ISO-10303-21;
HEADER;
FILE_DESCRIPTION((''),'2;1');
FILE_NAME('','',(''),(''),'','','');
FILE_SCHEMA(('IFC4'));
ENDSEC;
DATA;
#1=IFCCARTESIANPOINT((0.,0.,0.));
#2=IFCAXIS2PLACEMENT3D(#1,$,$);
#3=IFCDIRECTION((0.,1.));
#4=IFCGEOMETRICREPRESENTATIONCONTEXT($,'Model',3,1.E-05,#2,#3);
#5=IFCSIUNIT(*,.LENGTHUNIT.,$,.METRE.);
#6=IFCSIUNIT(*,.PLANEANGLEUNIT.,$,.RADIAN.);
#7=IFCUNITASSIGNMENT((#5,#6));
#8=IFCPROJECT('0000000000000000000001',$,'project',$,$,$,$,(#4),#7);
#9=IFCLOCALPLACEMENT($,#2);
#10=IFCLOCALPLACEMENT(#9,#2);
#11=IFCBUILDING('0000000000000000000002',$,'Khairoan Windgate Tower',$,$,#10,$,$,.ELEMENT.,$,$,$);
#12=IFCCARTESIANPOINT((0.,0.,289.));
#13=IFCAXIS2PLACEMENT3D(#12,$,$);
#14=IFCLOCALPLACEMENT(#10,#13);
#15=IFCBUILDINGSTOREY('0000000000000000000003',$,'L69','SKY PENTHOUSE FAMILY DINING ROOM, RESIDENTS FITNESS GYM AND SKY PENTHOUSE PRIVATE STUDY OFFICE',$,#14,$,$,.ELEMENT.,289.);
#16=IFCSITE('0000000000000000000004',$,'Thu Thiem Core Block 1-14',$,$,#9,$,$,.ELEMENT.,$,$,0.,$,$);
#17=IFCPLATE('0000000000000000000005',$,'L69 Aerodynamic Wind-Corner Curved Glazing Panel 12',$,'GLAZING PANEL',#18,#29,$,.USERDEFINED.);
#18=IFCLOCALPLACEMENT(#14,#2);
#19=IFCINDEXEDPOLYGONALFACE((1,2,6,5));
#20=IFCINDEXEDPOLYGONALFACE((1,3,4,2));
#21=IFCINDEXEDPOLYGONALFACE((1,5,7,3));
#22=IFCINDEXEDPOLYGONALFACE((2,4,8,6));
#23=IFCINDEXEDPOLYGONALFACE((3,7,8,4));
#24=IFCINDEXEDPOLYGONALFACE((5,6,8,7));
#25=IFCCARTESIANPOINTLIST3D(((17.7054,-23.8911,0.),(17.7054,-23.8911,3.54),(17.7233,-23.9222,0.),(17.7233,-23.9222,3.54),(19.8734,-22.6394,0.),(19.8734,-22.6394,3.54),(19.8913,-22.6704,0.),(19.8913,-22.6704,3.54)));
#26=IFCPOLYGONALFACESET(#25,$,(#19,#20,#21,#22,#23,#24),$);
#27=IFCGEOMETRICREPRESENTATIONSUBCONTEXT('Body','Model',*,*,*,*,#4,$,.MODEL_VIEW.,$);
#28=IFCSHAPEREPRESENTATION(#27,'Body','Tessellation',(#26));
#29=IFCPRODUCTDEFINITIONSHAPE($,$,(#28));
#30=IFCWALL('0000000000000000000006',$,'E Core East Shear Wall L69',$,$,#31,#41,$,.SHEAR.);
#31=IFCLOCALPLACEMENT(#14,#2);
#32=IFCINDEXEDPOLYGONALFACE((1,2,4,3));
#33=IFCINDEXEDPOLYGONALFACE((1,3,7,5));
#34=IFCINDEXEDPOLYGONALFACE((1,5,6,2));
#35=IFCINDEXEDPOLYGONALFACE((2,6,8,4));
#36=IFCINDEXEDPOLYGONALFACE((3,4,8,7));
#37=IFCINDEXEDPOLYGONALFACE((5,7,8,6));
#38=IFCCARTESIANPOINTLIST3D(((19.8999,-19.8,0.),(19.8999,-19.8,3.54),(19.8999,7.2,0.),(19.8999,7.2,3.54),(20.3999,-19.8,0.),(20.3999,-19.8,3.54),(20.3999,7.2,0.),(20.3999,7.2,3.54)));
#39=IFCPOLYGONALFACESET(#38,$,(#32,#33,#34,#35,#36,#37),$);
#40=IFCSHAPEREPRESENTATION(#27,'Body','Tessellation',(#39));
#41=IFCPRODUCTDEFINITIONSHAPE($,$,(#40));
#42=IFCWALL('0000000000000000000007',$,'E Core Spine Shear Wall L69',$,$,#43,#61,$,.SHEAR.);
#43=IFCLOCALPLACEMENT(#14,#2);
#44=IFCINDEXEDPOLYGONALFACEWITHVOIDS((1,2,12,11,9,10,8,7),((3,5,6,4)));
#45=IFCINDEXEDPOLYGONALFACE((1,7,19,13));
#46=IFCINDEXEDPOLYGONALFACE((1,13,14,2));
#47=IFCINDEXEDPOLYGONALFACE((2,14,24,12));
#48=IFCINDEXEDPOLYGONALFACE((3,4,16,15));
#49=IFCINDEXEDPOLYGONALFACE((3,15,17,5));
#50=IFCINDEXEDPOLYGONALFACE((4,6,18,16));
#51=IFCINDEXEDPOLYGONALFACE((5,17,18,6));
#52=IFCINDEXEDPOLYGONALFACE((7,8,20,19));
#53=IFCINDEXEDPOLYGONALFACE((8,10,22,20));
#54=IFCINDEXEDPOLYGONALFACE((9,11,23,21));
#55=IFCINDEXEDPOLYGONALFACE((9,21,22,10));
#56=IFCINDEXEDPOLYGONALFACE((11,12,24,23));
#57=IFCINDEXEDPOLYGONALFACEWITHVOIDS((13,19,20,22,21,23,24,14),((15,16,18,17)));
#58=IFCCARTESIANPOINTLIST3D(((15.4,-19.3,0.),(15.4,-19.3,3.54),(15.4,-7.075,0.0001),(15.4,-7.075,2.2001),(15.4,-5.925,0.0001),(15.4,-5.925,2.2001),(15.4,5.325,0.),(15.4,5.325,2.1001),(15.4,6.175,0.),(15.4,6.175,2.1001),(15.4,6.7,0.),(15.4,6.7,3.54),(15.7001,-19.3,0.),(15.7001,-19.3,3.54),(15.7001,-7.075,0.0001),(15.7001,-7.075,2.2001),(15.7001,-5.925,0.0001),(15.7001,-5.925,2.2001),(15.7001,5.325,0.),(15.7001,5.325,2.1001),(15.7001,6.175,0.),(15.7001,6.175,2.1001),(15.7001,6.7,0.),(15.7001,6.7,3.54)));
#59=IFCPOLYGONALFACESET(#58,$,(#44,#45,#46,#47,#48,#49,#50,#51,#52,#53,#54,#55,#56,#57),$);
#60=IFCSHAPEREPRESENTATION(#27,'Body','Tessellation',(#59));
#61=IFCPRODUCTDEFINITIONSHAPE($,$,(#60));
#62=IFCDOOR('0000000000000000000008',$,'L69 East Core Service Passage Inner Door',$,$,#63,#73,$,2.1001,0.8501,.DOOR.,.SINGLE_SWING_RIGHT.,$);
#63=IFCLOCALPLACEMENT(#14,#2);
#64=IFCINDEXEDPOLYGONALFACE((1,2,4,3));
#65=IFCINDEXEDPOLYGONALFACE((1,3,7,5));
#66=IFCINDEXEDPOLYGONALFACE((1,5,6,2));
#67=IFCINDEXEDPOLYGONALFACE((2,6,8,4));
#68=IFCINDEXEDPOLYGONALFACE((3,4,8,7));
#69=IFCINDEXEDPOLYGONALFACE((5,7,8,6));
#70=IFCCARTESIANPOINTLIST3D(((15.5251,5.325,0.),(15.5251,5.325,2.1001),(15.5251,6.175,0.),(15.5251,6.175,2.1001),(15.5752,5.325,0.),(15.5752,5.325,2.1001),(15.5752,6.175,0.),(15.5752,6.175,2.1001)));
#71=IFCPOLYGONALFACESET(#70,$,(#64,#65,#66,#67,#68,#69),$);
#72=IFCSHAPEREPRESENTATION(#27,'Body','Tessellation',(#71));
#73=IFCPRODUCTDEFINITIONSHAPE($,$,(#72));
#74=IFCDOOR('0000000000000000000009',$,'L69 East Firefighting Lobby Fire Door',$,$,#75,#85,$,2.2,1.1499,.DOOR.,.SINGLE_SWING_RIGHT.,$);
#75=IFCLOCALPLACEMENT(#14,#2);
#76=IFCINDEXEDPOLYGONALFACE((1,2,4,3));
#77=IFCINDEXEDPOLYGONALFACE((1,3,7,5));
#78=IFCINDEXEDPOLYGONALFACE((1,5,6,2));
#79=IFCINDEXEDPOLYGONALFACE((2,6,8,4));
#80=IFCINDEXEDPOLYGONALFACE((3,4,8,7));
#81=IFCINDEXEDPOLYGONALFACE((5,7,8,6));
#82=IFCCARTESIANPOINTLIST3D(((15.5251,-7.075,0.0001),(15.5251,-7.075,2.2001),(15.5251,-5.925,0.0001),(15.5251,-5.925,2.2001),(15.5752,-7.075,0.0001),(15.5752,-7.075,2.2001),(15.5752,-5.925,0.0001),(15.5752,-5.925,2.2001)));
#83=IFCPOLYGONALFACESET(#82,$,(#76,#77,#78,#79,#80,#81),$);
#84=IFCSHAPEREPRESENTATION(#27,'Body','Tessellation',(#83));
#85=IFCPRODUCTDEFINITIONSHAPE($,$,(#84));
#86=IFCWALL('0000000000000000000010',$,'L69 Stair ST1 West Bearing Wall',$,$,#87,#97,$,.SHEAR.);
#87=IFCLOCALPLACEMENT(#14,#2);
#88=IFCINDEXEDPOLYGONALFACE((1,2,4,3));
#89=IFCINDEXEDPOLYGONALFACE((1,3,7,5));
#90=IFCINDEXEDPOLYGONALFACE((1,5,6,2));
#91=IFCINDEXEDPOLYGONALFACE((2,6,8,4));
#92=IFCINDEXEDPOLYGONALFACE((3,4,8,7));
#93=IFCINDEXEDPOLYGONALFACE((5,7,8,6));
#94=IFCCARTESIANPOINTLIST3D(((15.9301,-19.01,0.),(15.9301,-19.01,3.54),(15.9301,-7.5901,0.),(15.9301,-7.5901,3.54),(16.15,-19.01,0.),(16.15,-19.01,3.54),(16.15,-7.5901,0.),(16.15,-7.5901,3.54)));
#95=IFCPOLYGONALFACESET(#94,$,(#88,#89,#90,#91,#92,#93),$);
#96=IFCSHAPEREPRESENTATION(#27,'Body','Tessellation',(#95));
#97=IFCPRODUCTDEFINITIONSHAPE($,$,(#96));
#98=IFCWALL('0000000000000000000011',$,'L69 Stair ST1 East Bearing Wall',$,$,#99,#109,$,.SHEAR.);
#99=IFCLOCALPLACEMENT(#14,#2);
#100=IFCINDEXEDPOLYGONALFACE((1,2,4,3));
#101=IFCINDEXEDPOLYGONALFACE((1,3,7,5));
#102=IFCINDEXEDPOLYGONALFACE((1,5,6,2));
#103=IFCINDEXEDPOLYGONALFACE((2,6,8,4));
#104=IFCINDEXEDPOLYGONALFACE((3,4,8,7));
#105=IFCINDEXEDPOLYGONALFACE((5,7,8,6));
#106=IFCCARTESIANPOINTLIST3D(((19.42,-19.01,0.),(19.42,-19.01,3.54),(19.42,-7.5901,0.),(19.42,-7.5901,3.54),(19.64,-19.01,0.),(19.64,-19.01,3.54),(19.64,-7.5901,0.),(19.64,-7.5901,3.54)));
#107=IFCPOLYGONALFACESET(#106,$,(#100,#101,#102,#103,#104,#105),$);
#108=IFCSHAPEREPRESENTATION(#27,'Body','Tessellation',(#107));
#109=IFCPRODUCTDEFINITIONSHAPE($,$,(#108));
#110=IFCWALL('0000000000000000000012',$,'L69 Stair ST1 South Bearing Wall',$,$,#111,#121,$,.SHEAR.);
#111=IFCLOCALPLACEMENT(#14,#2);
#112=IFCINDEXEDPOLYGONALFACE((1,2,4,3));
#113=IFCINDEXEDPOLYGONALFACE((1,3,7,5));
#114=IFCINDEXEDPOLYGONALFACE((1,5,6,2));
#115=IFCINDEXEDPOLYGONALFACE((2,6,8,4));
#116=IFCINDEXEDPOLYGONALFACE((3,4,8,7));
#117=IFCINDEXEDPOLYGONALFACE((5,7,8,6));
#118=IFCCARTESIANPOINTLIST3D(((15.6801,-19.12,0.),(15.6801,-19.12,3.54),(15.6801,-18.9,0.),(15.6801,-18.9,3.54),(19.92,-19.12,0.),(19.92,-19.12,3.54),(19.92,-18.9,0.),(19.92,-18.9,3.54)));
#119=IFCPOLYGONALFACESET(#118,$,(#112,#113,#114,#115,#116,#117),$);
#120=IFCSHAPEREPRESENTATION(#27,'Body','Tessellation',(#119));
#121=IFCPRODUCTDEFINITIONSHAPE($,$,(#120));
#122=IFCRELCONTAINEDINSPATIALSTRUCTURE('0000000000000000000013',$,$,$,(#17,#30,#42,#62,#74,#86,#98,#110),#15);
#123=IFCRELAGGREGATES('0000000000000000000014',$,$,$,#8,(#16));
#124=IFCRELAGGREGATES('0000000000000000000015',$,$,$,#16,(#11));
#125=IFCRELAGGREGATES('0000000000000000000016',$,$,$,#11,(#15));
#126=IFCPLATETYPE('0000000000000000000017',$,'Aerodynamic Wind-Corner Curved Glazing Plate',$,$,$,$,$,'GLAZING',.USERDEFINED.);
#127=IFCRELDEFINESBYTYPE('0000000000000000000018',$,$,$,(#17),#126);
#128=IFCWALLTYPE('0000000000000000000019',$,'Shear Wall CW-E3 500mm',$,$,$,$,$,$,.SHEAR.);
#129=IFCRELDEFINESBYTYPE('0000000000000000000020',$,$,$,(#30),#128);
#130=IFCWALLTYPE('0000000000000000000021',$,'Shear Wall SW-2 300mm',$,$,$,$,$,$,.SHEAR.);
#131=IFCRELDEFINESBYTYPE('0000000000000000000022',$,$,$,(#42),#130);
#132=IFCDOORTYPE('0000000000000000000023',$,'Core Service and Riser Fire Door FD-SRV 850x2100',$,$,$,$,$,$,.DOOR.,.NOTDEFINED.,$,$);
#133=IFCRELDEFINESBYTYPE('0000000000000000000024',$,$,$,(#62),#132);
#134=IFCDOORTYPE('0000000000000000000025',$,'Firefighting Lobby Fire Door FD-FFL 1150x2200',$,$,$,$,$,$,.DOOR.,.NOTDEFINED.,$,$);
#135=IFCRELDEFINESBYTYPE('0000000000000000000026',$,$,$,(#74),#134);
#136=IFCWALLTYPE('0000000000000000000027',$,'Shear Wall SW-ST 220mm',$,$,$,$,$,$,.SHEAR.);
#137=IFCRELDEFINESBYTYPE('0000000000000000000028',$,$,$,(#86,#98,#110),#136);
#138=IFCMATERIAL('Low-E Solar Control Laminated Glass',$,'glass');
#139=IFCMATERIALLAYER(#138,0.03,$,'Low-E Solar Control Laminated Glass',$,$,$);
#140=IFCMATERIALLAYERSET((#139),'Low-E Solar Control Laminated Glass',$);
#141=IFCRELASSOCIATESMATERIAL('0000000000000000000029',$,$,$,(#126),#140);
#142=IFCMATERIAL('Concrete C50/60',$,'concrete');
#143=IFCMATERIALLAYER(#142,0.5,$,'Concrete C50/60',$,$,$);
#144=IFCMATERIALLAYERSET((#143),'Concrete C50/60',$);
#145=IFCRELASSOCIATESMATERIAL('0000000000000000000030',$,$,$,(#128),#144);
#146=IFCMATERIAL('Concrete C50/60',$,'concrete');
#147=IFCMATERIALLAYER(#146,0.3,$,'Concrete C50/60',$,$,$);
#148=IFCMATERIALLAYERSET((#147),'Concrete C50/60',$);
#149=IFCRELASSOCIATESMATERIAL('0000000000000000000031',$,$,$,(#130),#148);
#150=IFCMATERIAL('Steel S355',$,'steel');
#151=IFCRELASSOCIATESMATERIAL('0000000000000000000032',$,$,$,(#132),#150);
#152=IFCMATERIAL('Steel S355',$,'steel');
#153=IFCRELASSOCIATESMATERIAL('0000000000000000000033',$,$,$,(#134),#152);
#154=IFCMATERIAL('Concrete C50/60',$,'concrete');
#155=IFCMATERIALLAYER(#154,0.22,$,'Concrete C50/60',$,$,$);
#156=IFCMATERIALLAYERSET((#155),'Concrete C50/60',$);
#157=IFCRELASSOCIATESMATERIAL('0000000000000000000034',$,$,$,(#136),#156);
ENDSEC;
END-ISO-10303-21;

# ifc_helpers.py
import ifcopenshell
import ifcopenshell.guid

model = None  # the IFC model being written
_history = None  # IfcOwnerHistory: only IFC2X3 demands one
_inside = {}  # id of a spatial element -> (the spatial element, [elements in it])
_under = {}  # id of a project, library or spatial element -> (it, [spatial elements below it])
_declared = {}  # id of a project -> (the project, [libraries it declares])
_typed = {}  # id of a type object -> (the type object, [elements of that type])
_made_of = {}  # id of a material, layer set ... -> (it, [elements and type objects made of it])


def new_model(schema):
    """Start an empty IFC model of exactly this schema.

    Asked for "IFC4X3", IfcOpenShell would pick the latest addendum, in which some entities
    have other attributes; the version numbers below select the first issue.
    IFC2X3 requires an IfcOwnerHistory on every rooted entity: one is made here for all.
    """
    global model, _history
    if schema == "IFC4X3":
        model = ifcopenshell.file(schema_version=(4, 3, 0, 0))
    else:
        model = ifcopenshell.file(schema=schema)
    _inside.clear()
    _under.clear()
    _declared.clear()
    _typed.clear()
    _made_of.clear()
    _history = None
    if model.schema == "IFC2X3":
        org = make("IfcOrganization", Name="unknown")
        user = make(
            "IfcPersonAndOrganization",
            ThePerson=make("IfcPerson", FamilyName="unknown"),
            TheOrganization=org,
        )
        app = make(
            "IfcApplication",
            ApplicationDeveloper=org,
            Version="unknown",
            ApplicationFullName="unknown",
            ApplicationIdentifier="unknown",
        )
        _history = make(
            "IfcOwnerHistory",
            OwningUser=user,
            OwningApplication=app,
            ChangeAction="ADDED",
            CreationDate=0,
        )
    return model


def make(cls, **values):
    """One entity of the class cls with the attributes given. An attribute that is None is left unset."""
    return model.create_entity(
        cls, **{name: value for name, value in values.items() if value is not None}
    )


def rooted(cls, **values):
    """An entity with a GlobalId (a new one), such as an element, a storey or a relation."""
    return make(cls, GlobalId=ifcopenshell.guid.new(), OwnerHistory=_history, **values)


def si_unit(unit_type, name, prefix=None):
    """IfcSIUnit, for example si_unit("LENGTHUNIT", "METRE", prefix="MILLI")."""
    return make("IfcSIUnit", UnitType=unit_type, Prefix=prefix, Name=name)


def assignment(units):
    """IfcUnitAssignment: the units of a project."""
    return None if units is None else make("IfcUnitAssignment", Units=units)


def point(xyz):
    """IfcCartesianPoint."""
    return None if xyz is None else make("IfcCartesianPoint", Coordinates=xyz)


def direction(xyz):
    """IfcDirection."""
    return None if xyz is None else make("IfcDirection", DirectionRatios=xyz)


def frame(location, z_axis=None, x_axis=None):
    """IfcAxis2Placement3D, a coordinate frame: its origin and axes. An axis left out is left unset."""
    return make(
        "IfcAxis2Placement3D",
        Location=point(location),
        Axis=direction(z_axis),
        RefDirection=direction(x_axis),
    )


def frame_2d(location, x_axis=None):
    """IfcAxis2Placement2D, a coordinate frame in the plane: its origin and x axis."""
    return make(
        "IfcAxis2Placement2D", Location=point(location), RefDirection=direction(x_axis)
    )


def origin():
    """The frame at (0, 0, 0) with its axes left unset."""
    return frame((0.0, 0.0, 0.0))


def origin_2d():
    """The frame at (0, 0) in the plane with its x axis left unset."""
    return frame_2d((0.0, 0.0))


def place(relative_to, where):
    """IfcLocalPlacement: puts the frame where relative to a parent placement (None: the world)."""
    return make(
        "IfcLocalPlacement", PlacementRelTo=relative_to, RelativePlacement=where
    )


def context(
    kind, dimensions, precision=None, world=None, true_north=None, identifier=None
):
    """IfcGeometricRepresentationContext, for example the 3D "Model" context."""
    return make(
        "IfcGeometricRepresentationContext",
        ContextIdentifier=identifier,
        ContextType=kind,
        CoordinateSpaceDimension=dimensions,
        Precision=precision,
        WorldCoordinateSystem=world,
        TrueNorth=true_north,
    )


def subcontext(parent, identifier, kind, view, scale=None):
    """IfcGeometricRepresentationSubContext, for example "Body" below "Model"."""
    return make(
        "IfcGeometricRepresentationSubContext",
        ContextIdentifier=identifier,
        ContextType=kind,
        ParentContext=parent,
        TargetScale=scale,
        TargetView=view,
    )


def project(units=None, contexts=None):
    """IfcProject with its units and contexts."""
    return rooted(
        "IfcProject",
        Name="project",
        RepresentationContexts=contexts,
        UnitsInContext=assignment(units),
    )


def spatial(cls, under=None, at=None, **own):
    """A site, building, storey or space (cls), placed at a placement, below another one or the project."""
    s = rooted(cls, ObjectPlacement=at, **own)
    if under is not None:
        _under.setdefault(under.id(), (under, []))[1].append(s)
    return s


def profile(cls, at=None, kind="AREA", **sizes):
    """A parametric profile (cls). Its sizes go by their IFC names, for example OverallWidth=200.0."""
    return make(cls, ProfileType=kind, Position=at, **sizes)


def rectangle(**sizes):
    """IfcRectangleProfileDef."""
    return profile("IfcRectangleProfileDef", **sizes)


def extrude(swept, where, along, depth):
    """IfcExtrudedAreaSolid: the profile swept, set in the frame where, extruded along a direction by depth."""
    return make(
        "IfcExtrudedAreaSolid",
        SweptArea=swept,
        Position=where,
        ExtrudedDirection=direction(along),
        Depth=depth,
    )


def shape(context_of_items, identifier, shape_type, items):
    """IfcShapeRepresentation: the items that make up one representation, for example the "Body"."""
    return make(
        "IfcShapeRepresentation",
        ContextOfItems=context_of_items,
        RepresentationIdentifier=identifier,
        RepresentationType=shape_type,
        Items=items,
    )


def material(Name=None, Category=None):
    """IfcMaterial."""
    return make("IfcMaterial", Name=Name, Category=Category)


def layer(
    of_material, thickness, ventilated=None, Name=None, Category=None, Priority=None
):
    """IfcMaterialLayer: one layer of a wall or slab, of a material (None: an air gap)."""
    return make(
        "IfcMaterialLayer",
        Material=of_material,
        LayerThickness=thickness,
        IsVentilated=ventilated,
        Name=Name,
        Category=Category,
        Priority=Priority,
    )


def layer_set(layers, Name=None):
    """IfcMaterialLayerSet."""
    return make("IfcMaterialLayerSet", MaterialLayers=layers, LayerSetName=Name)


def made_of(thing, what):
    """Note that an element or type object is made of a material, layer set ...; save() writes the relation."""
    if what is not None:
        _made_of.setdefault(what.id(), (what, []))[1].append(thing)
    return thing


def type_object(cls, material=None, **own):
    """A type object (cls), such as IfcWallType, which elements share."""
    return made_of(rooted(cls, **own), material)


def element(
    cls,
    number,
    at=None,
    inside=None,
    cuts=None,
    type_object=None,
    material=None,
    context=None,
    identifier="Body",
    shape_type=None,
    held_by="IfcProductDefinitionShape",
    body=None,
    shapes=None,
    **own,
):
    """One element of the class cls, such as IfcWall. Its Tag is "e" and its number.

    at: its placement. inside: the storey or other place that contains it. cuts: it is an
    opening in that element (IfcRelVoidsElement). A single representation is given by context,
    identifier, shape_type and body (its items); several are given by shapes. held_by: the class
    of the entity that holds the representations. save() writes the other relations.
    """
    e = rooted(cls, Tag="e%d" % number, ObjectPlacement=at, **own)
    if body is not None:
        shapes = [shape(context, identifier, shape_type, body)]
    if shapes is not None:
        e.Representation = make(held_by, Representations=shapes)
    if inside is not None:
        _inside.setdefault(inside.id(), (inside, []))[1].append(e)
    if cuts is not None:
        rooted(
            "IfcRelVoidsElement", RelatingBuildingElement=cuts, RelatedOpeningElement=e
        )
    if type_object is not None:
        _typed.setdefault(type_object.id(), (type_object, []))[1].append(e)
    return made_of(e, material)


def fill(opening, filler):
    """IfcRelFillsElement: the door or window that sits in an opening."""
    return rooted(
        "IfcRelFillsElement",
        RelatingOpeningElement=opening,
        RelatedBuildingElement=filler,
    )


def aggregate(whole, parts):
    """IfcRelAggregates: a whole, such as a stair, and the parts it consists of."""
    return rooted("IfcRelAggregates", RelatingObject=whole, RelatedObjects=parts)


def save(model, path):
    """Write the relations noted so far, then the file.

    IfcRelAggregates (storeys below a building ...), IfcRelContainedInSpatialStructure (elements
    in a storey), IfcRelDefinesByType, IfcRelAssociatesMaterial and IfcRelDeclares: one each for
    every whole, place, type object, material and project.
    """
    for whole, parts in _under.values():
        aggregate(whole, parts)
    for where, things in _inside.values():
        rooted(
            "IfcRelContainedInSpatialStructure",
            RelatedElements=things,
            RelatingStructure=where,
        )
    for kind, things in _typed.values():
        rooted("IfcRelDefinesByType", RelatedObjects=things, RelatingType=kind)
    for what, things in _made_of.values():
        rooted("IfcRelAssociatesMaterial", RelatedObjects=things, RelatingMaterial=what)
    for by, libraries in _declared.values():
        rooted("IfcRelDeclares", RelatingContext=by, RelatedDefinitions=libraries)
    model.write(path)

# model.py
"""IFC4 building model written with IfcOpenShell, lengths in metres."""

from ifc_helpers import new_model, si_unit, direction, frame, frame_2d, origin, origin_2d, place, context, subcontext, project, spatial, rectangle, extrude, material, layer, layer_set, type_object, element, fill, save


model = new_model("IFC4")

# Units and contexts
model_context = context("Model", 3, precision=1e-05, world=origin(), true_north=direction((0.0, 1.0)))
body_context = subcontext(model_context, "Body", "Model", "MODEL_VIEW")
ifc_project = project(units=[si_unit("LENGTHUNIT", "METRE"), si_unit("PLANEANGLEUNIT", "RADIAN")], contexts=[model_context])

# Site, building, storey
site_placement = place(None, origin())
site = spatial("IfcSite", under=ifc_project, at=site_placement, Name="Thu Thiem Core Block 1-14", CompositionType="ELEMENT", RefElevation=0.0)
building_placement = place(site_placement, origin())
building = spatial("IfcBuilding", under=site, at=building_placement, Name="Khairoan Windgate Tower", CompositionType="ELEMENT")
storey_placement = place(building_placement, frame((0.0, 0.0, 289.0)))
storey = spatial("IfcBuildingStorey", under=building, at=storey_placement, Name="L69", Description="SKY PENTHOUSE FAMILY DINING ROOM, RESIDENTS FITNESS GYM AND SKY PENTHOUSE PRIVATE STUDY OFFICE", CompositionType="ELEMENT", Elevation=289.0)

# Plate
ifc_material_1 = material(Name="Low-E Solar Control Laminated Glass", Category="glass")
ifc_layer_1 = layer(ifc_material_1, 0.03, Name="Low-E Solar Control Laminated Glass")
ifc_layer_set_1 = layer_set([ifc_layer_1], Name="Low-E Solar Control Laminated Glass")
plate_type_1 = type_object("IfcPlateType", Name="Aerodynamic Wind-Corner Curved Glazing Plate", ElementType="GLAZING", PredefinedType="USERDEFINED", material=ifc_layer_set_1)
for number, where, z_axis, x_axis, name in (
    (1, (18.7983, -23.2808, 0.0), (0.0, 0.0, 1.0), (-0.866025, -0.5, 0.0), "L69 Aerodynamic Wind-Corner Curved Glazing Panel 12"),
):
    element("IfcPlate", number, at=place(storey_placement, frame(where, z_axis=z_axis, x_axis=x_axis)), inside=storey, type_object=plate_type_1, Name=name, ObjectType="GLAZING PANEL", PredefinedType="USERDEFINED", context=body_context, shape_type="SweptSolid", body=[
        extrude(rectangle(XDim=2.5034, YDim=0.0359, at=origin_2d()), origin(), (0.0, 0.0, 1.0), 3.54),
    ])

# Wall
ifc_material_2 = material(Name="Concrete C50/60", Category="concrete")
ifc_layer_2 = layer(ifc_material_2, 0.5, Name="Concrete C50/60")
ifc_layer_set_2 = layer_set([ifc_layer_2], Name="Concrete C50/60")
wall_type_1 = type_object("IfcWallType", Name="Shear Wall CW-E3 500mm", PredefinedType="SHEAR", material=ifc_layer_set_2)
wall_1_placement = place(storey_placement, frame((20.1499, -19.8, 0.0), z_axis=(0.0, 0.0, 1.0), x_axis=(0.0, 1.0, 0.0)))
element("IfcWall", 2, at=wall_1_placement, inside=storey, type_object=wall_type_1, Name="E Core East Shear Wall L69", PredefinedType="SHEAR", context=body_context, shape_type="SweptSolid", body=[
    extrude(rectangle(XDim=27.0, YDim=0.5, at=frame_2d((13.5, 0.0))), origin(), (0.0, 0.0, 1.0), 3.54),
])

# Wall, openings, doors
ifc_material_3 = material(Name="Concrete C50/60", Category="concrete")
ifc_layer_3 = layer(ifc_material_3, 0.3, Name="Concrete C50/60")
ifc_layer_set_3 = layer_set([ifc_layer_3], Name="Concrete C50/60")
wall_type_2 = type_object("IfcWallType", Name="Shear Wall SW-2 300mm", PredefinedType="SHEAR", material=ifc_layer_set_3)
wall_2_placement = place(storey_placement, frame((15.55, -19.3, 0.0), z_axis=(0.0, 0.0, 1.0), x_axis=(0.0, 1.0, 0.0)))
wall_2 = element("IfcWall", 3, at=wall_2_placement, inside=storey, type_object=wall_type_2, Name="E Core Spine Shear Wall L69", PredefinedType="SHEAR", context=body_context, shape_type="SweptSolid", body=[
    extrude(rectangle(XDim=26.0, YDim=0.3, at=frame_2d((13.0, 0.0))), origin(), (0.0, 0.0, 1.0), 3.54),
])
opening_1_placement = place(wall_2_placement, frame((12.2251, 0.0, 0.0)))
opening_1 = element("IfcOpeningElement", 4, at=opening_1_placement, cuts=wall_2, PredefinedType="OPENING", context=body_context, shape_type="SweptSolid", body=[
    extrude(rectangle(XDim=1.1499, YDim=2.2, at=frame_2d((0.575, 1.1001))), frame((0.0, 0.1599, 0.0), z_axis=(0.0, -1.0, 0.0), x_axis=(1.0, 0.0, 0.0)), (0.0, 0.0, 1.0), 0.3201),
])
opening_2_placement = place(wall_2_placement, frame((24.625, 0.0, 0.0)))
opening_2 = element("IfcOpeningElement", 5, at=opening_2_placement, cuts=wall_2, PredefinedType="OPENING", context=body_context, shape_type="SweptSolid", body=[
    extrude(rectangle(XDim=0.8501, YDim=2.1001, at=frame_2d((0.425, 1.05))), frame((0.0, 0.1599, 0.0), z_axis=(0.0, -1.0, 0.0), x_axis=(1.0, 0.0, 0.0)), (0.0, 0.0, 1.0), 0.3201),
])
ifc_material_4 = material(Name="Steel S355", Category="steel")
door_type_1 = type_object("IfcDoorType", Name="Core Service and Riser Fire Door FD-SRV 850x2100", OperationType="NOTDEFINED", PredefinedType="DOOR", material=ifc_material_4)
door_1_placement = place(opening_2_placement, origin())
door_1 = element("IfcDoor", 6, at=door_1_placement, inside=storey, type_object=door_type_1, Name="L69 East Core Service Passage Inner Door", OperationType="SINGLE_SWING_RIGHT", OverallHeight=2.1001, OverallWidth=0.8501, PredefinedType="DOOR", context=body_context, shape_type="SweptSolid", body=[
    extrude(rectangle(XDim=0.8501, YDim=2.1001, at=frame_2d((0.425, 1.05))), frame((0.0, 0.0249, 0.0), z_axis=(0.0, -1.0, 0.0), x_axis=(1.0, 0.0, 0.0)), (0.0, 0.0, 1.0), 0.05),
])
fill(opening_2, door_1)
ifc_material_5 = material(Name="Steel S355", Category="steel")
door_type_2 = type_object("IfcDoorType", Name="Firefighting Lobby Fire Door FD-FFL 1150x2200", OperationType="NOTDEFINED", PredefinedType="DOOR", material=ifc_material_5)
door_2_placement = place(opening_1_placement, origin())
door_2 = element("IfcDoor", 7, at=door_2_placement, inside=storey, type_object=door_type_2, Name="L69 East Firefighting Lobby Fire Door", OperationType="SINGLE_SWING_RIGHT", OverallHeight=2.2, OverallWidth=1.1499, PredefinedType="DOOR", context=body_context, shape_type="SweptSolid", body=[
    extrude(rectangle(XDim=1.1499, YDim=2.2, at=frame_2d((0.575, 1.1001))), frame((0.0, 0.0249, 0.0), z_axis=(0.0, -1.0, 0.0), x_axis=(1.0, 0.0, 0.0)), (0.0, 0.0, 1.0), 0.05),
])
fill(opening_1, door_2)

# Walls
ifc_material_6 = material(Name="Concrete C50/60", Category="concrete")
ifc_layer_4 = layer(ifc_material_6, 0.22, Name="Concrete C50/60")
ifc_layer_set_4 = layer_set([ifc_layer_4], Name="Concrete C50/60")
wall_type_3 = type_object("IfcWallType", Name="Shear Wall SW-ST 220mm", PredefinedType="SHEAR", material=ifc_layer_set_4)
for number, where, z_axis, x_axis, name in (
    (8, (16.04, -19.01, 0.0), (0.0, 0.0, 1.0), (0.0, 1.0, 0.0), "L69 Stair ST1 West Bearing Wall"),
    (9, (19.53, -19.01, 0.0), (0.0, 0.0, 1.0), (0.0, 1.0, 0.0), "L69 Stair ST1 East Bearing Wall"),
):
    element("IfcWall", number, at=place(storey_placement, frame(where, z_axis=z_axis, x_axis=x_axis)), inside=storey, type_object=wall_type_3, Name=name, PredefinedType="SHEAR", context=body_context, shape_type="SweptSolid", body=[
        extrude(rectangle(XDim=11.4199, YDim=0.22, at=frame_2d((5.71, 0.0))), origin(), (0.0, 0.0, 1.0), 3.54),
    ])
wall_3_placement = place(storey_placement, frame((15.6799, -19.01, 0.0), z_axis=(0.0, 0.0, 1.0), x_axis=(1.0, 0.0, 0.0)))
element("IfcWall", 10, at=wall_3_placement, inside=storey, type_object=wall_type_3, Name="L69 Stair ST1 South Bearing Wall", PredefinedType="SHEAR", context=body_context, shape_type="SweptSolid", body=[
    extrude(rectangle(XDim=4.24, YDim=0.22, at=frame_2d((2.1201, 0.0))), origin(), (0.0, 0.0, 1.0), 3.54),
])

save(model, "model.ifc")
